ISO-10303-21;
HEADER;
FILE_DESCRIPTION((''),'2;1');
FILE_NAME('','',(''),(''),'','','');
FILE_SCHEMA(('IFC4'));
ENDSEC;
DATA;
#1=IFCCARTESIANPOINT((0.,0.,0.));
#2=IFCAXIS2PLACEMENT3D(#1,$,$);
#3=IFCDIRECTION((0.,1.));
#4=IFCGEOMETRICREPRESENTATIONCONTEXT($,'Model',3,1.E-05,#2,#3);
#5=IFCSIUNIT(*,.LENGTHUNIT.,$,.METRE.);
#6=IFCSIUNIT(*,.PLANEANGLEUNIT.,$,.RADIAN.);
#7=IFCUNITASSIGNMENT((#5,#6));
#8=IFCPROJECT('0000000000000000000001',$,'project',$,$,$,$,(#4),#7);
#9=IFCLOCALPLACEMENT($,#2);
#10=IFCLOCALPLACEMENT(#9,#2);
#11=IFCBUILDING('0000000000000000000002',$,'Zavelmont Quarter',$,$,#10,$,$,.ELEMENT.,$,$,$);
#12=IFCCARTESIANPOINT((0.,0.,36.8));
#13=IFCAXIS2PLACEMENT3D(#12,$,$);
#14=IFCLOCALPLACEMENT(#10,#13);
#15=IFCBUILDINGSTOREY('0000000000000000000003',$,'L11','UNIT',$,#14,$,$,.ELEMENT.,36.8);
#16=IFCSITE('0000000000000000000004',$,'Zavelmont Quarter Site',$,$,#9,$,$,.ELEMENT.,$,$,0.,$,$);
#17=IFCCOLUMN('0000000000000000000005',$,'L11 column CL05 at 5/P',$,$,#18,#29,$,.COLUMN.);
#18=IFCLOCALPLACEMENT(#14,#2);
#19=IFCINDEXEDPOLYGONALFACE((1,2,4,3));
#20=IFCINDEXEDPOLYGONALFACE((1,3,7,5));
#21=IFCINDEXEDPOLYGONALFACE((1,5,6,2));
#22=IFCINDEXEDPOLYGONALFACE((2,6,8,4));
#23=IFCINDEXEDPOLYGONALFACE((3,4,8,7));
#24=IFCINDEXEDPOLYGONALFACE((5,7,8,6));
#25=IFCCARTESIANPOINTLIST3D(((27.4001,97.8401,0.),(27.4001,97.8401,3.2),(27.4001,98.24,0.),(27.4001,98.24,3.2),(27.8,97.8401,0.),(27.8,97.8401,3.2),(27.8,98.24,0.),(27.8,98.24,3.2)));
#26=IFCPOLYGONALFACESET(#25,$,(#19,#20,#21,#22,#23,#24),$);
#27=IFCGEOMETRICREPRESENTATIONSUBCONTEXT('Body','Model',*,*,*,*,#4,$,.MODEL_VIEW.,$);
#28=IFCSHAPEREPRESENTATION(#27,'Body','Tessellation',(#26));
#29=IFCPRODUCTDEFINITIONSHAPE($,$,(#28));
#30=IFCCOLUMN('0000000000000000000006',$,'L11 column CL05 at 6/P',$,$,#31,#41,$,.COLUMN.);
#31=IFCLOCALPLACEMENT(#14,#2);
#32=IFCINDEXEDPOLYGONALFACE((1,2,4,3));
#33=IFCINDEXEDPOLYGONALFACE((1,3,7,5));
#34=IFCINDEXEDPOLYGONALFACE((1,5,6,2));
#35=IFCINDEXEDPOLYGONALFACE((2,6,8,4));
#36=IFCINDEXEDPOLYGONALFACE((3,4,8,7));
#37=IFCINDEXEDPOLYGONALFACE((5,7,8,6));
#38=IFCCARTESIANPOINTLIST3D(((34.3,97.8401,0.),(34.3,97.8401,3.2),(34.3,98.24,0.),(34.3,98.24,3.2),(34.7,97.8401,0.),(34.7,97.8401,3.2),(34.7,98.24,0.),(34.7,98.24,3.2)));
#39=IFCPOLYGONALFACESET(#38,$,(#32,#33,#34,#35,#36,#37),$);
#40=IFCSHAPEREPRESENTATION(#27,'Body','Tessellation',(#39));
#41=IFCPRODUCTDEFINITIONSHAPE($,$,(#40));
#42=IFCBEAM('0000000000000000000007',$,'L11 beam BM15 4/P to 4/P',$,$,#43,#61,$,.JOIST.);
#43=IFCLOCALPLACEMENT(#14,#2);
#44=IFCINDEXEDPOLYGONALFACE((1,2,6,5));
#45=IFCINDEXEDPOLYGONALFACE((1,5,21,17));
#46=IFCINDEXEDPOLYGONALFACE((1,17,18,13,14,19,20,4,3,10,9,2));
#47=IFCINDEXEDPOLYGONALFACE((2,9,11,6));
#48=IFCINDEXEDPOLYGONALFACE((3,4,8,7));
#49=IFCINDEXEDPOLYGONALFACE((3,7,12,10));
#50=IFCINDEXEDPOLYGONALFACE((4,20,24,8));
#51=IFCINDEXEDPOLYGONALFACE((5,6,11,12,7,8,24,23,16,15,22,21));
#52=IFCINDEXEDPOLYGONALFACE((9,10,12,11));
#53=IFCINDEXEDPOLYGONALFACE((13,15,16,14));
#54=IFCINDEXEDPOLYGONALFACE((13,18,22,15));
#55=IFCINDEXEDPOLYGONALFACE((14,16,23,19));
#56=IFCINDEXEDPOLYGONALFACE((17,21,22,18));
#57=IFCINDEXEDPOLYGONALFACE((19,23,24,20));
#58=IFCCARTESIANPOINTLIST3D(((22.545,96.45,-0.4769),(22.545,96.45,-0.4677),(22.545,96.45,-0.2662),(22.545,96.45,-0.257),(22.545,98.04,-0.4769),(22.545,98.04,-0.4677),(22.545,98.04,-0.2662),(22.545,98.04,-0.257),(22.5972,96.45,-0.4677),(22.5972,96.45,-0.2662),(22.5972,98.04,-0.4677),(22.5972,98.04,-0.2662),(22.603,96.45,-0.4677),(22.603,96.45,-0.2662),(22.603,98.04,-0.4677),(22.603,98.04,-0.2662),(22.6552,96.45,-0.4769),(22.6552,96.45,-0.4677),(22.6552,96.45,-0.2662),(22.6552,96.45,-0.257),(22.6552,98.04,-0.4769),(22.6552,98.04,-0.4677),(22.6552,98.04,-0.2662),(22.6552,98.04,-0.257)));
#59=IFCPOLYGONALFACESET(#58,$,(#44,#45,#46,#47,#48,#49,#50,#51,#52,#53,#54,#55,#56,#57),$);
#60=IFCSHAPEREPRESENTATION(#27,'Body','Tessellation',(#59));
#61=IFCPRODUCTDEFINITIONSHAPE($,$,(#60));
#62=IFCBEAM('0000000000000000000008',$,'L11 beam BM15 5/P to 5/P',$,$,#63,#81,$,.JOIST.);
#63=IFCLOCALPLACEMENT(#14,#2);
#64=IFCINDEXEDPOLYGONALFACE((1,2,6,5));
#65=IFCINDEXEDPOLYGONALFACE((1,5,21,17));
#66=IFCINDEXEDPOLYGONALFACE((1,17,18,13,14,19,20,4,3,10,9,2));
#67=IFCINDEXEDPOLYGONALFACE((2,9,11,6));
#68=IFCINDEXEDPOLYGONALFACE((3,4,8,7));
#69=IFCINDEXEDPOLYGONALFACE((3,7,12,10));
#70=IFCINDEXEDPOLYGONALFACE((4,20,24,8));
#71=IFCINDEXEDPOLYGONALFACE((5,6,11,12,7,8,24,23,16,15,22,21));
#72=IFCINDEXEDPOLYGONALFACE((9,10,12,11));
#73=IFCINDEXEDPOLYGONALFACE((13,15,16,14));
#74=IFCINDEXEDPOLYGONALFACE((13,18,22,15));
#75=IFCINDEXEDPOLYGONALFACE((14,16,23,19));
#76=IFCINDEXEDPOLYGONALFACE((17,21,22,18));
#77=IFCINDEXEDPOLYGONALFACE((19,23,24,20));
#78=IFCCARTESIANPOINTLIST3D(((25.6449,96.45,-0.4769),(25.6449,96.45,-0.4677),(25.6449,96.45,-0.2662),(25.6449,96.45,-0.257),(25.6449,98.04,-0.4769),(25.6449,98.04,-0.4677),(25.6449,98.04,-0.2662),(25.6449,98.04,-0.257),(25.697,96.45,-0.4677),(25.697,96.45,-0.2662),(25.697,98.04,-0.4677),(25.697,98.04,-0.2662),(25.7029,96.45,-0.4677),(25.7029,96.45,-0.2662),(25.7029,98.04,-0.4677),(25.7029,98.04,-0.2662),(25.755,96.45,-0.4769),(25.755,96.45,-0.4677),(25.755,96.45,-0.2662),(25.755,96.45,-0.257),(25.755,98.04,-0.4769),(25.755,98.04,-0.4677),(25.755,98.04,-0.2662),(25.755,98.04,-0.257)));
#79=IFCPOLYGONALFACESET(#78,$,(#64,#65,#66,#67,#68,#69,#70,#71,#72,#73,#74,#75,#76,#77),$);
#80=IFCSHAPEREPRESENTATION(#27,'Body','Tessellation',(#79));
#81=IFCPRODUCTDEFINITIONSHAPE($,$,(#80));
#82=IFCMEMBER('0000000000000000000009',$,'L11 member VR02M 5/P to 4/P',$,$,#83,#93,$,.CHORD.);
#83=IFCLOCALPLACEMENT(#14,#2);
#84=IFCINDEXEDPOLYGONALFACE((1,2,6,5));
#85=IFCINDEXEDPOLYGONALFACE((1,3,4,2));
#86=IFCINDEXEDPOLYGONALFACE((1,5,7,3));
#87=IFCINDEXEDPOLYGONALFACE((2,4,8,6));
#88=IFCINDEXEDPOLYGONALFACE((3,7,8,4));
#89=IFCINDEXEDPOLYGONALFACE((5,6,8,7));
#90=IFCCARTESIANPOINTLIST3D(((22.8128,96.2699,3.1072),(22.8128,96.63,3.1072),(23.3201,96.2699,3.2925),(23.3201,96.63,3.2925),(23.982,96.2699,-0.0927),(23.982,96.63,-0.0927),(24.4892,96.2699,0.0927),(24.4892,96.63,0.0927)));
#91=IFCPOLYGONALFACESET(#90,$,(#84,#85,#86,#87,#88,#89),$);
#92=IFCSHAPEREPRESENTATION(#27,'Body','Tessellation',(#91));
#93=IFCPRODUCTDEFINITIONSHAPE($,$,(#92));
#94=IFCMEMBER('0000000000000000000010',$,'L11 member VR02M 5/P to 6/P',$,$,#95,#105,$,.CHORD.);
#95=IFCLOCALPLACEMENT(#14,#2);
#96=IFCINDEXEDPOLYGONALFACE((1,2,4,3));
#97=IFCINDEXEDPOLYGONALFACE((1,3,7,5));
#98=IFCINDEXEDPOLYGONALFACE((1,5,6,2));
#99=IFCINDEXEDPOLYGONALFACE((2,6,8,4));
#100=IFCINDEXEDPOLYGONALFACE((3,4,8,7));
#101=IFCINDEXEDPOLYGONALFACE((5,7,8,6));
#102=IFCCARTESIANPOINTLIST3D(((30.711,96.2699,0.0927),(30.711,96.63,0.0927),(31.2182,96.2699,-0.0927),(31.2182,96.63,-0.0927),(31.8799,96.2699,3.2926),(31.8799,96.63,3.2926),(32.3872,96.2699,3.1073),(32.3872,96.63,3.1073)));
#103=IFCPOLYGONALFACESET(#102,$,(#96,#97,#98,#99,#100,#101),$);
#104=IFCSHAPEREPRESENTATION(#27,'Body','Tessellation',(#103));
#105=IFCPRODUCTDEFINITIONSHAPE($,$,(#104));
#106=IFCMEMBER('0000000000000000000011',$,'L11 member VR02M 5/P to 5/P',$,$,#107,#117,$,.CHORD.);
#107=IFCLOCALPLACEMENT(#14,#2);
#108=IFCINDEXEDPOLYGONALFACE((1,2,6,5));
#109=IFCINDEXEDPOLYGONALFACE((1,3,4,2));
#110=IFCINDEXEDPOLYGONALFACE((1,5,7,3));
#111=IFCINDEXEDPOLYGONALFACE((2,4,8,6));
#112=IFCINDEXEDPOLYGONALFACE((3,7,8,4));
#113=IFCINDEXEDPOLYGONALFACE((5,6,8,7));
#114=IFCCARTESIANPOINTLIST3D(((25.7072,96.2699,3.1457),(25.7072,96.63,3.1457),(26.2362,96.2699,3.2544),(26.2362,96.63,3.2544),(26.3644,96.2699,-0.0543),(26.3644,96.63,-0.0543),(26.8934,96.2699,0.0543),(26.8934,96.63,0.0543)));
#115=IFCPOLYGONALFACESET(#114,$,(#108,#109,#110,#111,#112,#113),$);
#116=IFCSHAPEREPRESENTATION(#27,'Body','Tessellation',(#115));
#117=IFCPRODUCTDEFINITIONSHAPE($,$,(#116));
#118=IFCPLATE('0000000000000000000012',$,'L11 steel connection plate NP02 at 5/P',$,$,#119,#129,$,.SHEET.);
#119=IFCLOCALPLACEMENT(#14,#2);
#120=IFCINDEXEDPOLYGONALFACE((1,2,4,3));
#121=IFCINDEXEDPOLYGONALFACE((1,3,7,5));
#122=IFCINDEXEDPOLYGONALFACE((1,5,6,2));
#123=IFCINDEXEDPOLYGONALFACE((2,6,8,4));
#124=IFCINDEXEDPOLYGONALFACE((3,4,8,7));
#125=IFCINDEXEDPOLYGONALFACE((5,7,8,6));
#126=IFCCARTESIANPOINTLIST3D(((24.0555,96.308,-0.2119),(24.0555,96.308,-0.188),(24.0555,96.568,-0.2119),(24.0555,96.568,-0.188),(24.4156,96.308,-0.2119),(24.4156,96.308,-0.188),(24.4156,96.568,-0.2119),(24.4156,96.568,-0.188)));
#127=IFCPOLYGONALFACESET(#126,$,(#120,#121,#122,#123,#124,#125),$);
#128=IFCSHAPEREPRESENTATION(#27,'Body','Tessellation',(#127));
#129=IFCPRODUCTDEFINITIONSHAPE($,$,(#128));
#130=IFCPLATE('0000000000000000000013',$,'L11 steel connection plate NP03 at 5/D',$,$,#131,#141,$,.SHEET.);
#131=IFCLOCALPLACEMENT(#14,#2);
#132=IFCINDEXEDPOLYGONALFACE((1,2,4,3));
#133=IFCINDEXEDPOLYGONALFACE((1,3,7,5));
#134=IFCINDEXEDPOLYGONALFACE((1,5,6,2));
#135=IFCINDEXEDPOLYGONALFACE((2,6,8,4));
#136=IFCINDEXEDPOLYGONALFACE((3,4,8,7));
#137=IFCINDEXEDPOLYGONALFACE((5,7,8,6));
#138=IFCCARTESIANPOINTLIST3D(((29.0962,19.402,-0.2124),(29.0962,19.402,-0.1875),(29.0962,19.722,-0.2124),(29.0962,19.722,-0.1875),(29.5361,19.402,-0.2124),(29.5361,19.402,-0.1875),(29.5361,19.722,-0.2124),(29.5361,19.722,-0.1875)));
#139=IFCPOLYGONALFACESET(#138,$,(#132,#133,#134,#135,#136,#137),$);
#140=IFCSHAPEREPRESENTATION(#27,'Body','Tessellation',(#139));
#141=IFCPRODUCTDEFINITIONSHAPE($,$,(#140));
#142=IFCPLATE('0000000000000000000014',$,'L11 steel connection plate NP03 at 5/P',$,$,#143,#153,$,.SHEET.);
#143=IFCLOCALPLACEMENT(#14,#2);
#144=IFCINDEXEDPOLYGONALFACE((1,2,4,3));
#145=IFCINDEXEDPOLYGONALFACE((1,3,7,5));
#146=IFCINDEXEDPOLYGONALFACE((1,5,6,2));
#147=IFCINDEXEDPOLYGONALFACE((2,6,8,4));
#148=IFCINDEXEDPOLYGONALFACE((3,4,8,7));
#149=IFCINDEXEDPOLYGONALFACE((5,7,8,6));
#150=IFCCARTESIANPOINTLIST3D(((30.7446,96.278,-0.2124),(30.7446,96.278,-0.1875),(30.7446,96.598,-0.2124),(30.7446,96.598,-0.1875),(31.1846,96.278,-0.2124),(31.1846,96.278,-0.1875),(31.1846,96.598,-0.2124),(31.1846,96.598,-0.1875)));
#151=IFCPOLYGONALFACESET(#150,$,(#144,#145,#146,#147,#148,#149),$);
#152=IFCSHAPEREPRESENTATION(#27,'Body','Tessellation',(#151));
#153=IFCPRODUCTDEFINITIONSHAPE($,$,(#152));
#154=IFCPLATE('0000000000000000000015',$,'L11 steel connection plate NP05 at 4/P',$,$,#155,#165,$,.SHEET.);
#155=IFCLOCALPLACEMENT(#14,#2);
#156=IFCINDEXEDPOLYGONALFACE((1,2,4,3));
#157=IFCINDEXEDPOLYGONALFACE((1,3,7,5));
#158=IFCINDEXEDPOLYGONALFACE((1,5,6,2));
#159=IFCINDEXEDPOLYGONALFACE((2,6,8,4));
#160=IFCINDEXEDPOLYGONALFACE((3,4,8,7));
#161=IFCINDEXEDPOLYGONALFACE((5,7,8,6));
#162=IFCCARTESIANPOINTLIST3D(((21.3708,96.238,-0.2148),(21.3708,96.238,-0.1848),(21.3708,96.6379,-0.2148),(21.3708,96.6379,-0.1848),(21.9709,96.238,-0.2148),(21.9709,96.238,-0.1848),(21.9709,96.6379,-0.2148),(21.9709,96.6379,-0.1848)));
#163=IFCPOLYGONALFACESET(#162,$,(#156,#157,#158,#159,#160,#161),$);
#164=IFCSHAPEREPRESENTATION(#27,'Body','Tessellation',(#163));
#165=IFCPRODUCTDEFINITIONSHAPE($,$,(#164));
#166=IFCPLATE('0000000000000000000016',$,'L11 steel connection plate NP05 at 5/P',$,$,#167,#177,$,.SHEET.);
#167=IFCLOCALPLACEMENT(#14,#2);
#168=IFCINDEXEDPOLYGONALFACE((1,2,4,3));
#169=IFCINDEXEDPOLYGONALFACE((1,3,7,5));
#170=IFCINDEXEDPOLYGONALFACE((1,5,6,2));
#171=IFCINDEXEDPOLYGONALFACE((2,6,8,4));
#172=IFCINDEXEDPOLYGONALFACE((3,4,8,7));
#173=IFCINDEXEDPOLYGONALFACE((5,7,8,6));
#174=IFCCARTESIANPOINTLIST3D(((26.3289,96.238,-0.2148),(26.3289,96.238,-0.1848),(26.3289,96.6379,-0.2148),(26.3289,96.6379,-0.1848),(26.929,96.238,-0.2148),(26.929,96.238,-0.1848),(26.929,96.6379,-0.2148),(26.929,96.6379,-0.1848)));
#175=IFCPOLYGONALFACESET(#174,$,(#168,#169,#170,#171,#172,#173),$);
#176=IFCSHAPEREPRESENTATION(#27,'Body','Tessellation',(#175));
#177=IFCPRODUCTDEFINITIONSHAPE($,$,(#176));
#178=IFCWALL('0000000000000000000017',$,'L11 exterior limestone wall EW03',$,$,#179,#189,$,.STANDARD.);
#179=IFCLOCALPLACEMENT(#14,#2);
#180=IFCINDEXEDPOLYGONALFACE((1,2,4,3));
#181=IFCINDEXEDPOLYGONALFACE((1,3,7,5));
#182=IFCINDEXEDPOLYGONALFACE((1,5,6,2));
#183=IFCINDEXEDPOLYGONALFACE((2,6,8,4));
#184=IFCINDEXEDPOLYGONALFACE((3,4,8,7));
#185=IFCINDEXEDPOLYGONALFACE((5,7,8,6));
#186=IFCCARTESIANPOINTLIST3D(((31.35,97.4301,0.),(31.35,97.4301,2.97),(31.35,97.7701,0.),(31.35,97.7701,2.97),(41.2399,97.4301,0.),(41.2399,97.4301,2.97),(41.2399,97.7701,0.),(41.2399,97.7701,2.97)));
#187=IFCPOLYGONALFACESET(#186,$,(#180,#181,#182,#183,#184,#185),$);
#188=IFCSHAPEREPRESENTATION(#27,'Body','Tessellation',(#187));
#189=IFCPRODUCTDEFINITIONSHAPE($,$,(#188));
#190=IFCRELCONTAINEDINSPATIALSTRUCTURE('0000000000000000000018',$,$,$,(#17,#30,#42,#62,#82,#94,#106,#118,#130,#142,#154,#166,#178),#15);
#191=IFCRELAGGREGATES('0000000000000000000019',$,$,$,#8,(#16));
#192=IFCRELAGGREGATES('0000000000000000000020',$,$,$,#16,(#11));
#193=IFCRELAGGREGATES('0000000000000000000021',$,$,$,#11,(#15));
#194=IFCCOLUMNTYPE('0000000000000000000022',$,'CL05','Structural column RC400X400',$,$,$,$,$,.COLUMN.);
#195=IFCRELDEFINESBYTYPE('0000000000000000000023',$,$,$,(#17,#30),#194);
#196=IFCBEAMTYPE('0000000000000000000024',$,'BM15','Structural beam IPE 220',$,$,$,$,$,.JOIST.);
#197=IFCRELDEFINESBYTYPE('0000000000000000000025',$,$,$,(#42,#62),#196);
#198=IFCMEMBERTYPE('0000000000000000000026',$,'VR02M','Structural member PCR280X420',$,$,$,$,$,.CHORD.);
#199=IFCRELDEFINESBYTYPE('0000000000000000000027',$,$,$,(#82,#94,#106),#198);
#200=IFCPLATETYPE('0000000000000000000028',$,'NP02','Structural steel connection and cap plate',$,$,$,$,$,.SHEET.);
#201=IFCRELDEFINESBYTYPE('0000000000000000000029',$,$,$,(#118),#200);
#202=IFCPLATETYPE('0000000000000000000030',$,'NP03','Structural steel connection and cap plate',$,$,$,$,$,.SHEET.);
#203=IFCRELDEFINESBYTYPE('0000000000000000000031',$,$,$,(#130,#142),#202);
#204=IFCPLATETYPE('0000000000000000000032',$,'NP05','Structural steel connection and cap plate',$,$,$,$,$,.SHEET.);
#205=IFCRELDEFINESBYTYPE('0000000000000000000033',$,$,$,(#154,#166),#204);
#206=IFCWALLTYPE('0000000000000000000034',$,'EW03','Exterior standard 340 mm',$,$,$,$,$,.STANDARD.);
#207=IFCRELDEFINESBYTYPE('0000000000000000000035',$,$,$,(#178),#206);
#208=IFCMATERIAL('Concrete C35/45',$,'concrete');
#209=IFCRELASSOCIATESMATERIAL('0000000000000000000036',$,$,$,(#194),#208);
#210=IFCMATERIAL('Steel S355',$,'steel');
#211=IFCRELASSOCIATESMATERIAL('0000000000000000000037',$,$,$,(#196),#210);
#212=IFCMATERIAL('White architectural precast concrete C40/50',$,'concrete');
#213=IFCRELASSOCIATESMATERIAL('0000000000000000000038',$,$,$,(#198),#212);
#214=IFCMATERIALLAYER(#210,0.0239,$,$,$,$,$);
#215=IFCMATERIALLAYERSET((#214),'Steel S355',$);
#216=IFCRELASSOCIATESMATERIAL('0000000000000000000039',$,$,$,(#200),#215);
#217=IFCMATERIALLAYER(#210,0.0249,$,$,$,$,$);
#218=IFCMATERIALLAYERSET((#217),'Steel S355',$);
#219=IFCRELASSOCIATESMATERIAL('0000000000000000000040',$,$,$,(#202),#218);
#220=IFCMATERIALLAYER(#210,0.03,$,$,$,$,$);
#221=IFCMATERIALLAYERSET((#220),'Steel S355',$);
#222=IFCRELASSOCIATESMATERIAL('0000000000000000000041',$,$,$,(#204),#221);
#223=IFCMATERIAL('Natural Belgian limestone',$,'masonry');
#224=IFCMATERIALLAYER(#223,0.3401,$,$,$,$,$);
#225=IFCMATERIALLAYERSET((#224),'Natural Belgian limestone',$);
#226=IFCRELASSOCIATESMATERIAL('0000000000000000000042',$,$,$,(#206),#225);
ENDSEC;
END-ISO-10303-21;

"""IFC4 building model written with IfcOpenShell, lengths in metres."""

from ifc_helpers import new_model, si_unit, direction, frame, frame_2d, origin, origin_2d, place, context, subcontext, project, spatial, rectangle, i_section, extrude, material, layer, layer_set, material_profile, profile_set, type_object, element, save


model = new_model("IFC4")

# Units and contexts
model_context = context("Model", 3, precision=1e-05, world=origin(), true_north=direction((0.0, 1.0)))
body_context = subcontext(model_context, "Body", "Model", "MODEL_VIEW")
ifc_project = project(units=[si_unit("LENGTHUNIT", "METRE"), si_unit("PLANEANGLEUNIT", "RADIAN")], contexts=[model_context])

# Site, building, storey
site_placement = place(None, origin())
site = spatial("IfcSite", under=ifc_project, at=site_placement, Name="Zavelmont Quarter Site", CompositionType="ELEMENT", RefElevation=0.0)
building_placement = place(site_placement, origin())
building = spatial("IfcBuilding", under=site, at=building_placement, Name="Zavelmont Quarter", CompositionType="ELEMENT")
storey_placement = place(building_placement, frame((0.0, 0.0, 36.8)))
storey = spatial("IfcBuildingStorey", under=building, at=storey_placement, Name="L11", Description="UNIT", CompositionType="ELEMENT", Elevation=36.8)

# Columns
ifc_material_1 = material(Name="Concrete C35/45", Category="concrete")
ifc_material_profile_1 = material_profile(ifc_material_1, rectangle(XDim=0.3999, YDim=0.3999, at=origin_2d()), Name="RC400X400")
ifc_profile_set_1 = profile_set([ifc_material_profile_1], Name="Concrete C35/45")
column_type = type_object("IfcColumnType", Name="CL05", Description="Structural column RC400X400", PredefinedType="COLUMN", material=ifc_profile_set_1)
for number, where, z_axis, x_axis, name in (
    (1, (27.6001, 98.04, 0.0), (0.0, 0.0, 1.0), (1.0, 0.0, 0.0), "L11 column CL05 at 5/P"),
    (2, (34.5, 98.04, 0.0), (0.0, 0.0, 1.0), (1.0, 0.0, 0.0), "L11 column CL05 at 6/P"),
):
    element("IfcColumn", number, at=place(storey_placement, frame(where, z_axis=z_axis, x_axis=x_axis)), inside=storey, type_object=column_type, Name=name, PredefinedType="COLUMN", context=body_context, shape_type="SweptSolid", body=[
        extrude(rectangle(XDim=0.3999, YDim=0.3999, at=origin_2d()), origin(), (0.0, 0.0, 1.0), 3.2),
    ])

# Beams
ifc_material_2 = material(Name="Steel S355", Category="steel")
ifc_material_profile_2 = material_profile(ifc_material_2, i_section(OverallWidth=0.1101, OverallDepth=0.22, WebThickness=0.0059, FlangeThickness=0.0093, at=origin_2d()), Name="IPE 220")
ifc_profile_set_2 = profile_set([ifc_material_profile_2], Name="Steel S355")
beam_type = type_object("IfcBeamType", Name="BM15", Description="Structural beam IPE 220", PredefinedType="JOIST", material=ifc_profile_set_2)
for number, where, z_axis, x_axis, name in (
    (3, (22.6001, 98.04, -0.3669), (0.0, -1.0, 0.0), (1.0, 0.0, 0.0), "L11 beam BM15 4/P to 4/P"),
    (4, (25.7, 98.04, -0.3669), (0.0, -1.0, 0.0), (1.0, 0.0, 0.0), "L11 beam BM15 5/P to 5/P"),
):
    element("IfcBeam", number, at=place(storey_placement, frame(where, z_axis=z_axis, x_axis=x_axis)), inside=storey, type_object=beam_type, Name=name, PredefinedType="JOIST", context=body_context, shape_type="SweptSolid", body=[
        extrude(i_section(OverallWidth=0.1101, OverallDepth=0.22, WebThickness=0.0059, FlangeThickness=0.0093, at=origin_2d()), origin(), (0.0, 0.0, 1.0), 1.5901),
    ])

# Members
ifc_material_3 = material(Name="White architectural precast concrete C40/50", Category="concrete")
ifc_material_profile_3 = material_profile(ifc_material_3, rectangle(XDim=0.3601, YDim=0.54, at=origin_2d()), Name="PCR280X420")
ifc_profile_set_3 = profile_set([ifc_material_profile_3], Name="White architectural precast concrete C40/50")
member_type = type_object("IfcMemberType", Name="VR02M", Description="Structural member PCR280X420", PredefinedType="CHORD", material=ifc_profile_set_3)
for number, where, z_axis, x_axis, name in (
    (5, (24.2356, 96.45, 0.0), (-0.343187, 0.0, 0.939267), (0.0, -1.0, 0.0), "L11 member VR02M 5/P to 4/P"),
    (6, (30.9646, 96.45, 0.0), (0.343124, 0.0, 0.93929), (0.0, 1.0, 0.0), "L11 member VR02M 5/P to 6/P"),
):
    element("IfcMember", number, at=place(storey_placement, frame(where, z_axis=z_axis, x_axis=x_axis)), inside=storey, type_object=member_type, Name=name, PredefinedType="CHORD", context=body_context, shape_type="SweptSolid", body=[
        extrude(rectangle(XDim=0.3601, YDim=0.54, at=origin_2d()), origin(), (0.0, 0.0, 1.0), 3.4067),
    ])
member_placement = place(storey_placement, frame((26.6289, 96.45, 0.0), z_axis=(-0.201187, 0.0, 0.979553), x_axis=(0.0, -1.0, 0.0)))
element("IfcMember", 7, at=member_placement, inside=storey, type_object=member_type, Name="L11 member VR02M 5/P to 5/P", PredefinedType="CHORD", context=body_context, shape_type="SweptSolid", body=[
    extrude(rectangle(XDim=0.3601, YDim=0.54, at=origin_2d()), origin(), (0.0, 0.0, 1.0), 3.2668),
])

# Plates
ifc_layer_1 = layer(ifc_material_2, 0.0239)
ifc_layer_set_1 = layer_set([ifc_layer_1], Name="Steel S355")
plate_type_1 = type_object("IfcPlateType", Name="NP02", Description="Structural steel connection and cap plate", PredefinedType="SHEET", material=ifc_layer_set_1)
plate_placement = place(storey_placement, frame((24.2356, 96.438, -0.2119), z_axis=(0.0, 0.0, 1.0), x_axis=(1.0, 0.0, 0.0)))
element("IfcPlate", 8, at=plate_placement, inside=storey, type_object=plate_type_1, Name="L11 steel connection plate NP02 at 5/P", PredefinedType="SHEET", context=body_context, shape_type="SweptSolid", body=[
    extrude(rectangle(XDim=0.3601, YDim=0.26, at=origin_2d()), origin(), (0.0, 0.0, 1.0), 0.0239),
])
ifc_layer_2 = layer(ifc_material_2, 0.0249)
ifc_layer_set_2 = layer_set([ifc_layer_2], Name="Steel S355")
plate_type_2 = type_object("IfcPlateType", Name="NP03", Description="Structural steel connection and cap plate", PredefinedType="SHEET", material=ifc_layer_set_2)
for number, where, z_axis, x_axis, name in (
    (9, (29.3162, 19.562, -0.2124), (0.0, 0.0, 1.0), (1.0, 0.0, 0.0), "L11 steel connection plate NP03 at 5/D"),
    (10, (30.9646, 96.438, -0.2124), (0.0, 0.0, 1.0), (1.0, 0.0, 0.0), "L11 steel connection plate NP03 at 5/P"),
):
    element("IfcPlate", number, at=place(storey_placement, frame(where, z_axis=z_axis, x_axis=x_axis)), inside=storey, type_object=plate_type_2, Name=name, PredefinedType="SHEET", context=body_context, shape_type="SweptSolid", body=[
        extrude(rectangle(XDim=0.4399, YDim=0.3201, at=origin_2d()), origin(), (0.0, 0.0, 1.0), 0.0249),
    ])
ifc_layer_3 = layer(ifc_material_2, 0.03)
ifc_layer_set_3 = layer_set([ifc_layer_3], Name="Steel S355")
plate_type_3 = type_object("IfcPlateType", Name="NP05", Description="Structural steel connection and cap plate", PredefinedType="SHEET", material=ifc_layer_set_3)
for number, where, z_axis, x_axis, name in (
    (11, (21.6709, 96.438, -0.2148), (0.0, 0.0, 1.0), (1.0, 0.0, 0.0), "L11 steel connection plate NP05 at 4/P"),
    (12, (26.6289, 96.438, -0.2148), (0.0, 0.0, 1.0), (1.0, 0.0, 0.0), "L11 steel connection plate NP05 at 5/P"),
):
    element("IfcPlate", number, at=place(storey_placement, frame(where, z_axis=z_axis, x_axis=x_axis)), inside=storey, type_object=plate_type_3, Name=name, PredefinedType="SHEET", context=body_context, shape_type="SweptSolid", body=[
        extrude(rectangle(XDim=0.6001, YDim=0.3999, at=origin_2d()), origin(), (0.0, 0.0, 1.0), 0.03),
    ])

# Wall
ifc_material_4 = material(Name="Natural Belgian limestone", Category="masonry")
ifc_layer_4 = layer(ifc_material_4, 0.3401)
ifc_layer_set_4 = layer_set([ifc_layer_4], Name="Natural Belgian limestone")
wall_type_1 = type_object("IfcWallType", Name="EW03", Description="Exterior standard 340 mm", PredefinedType="STANDARD", material=ifc_layer_set_4)
wall_1_placement = place(storey_placement, frame((31.3501, 97.6001, 0.0), z_axis=(0.0, 0.0, 1.0), x_axis=(1.0, 0.0, 0.0)))
element("IfcWall", 13, at=wall_1_placement, inside=storey, type_object=wall_type_1, Name="L11 exterior limestone wall EW03", PredefinedType="STANDARD", context=body_context, shape_type="SweptSolid", body=[
    extrude(rectangle(XDim=9.8899, YDim=0.3401, at=frame_2d((4.9448, 0.0))), origin(), (0.0, 0.0, 1.0), 2.97),
])

save(model, "model.ifc")
